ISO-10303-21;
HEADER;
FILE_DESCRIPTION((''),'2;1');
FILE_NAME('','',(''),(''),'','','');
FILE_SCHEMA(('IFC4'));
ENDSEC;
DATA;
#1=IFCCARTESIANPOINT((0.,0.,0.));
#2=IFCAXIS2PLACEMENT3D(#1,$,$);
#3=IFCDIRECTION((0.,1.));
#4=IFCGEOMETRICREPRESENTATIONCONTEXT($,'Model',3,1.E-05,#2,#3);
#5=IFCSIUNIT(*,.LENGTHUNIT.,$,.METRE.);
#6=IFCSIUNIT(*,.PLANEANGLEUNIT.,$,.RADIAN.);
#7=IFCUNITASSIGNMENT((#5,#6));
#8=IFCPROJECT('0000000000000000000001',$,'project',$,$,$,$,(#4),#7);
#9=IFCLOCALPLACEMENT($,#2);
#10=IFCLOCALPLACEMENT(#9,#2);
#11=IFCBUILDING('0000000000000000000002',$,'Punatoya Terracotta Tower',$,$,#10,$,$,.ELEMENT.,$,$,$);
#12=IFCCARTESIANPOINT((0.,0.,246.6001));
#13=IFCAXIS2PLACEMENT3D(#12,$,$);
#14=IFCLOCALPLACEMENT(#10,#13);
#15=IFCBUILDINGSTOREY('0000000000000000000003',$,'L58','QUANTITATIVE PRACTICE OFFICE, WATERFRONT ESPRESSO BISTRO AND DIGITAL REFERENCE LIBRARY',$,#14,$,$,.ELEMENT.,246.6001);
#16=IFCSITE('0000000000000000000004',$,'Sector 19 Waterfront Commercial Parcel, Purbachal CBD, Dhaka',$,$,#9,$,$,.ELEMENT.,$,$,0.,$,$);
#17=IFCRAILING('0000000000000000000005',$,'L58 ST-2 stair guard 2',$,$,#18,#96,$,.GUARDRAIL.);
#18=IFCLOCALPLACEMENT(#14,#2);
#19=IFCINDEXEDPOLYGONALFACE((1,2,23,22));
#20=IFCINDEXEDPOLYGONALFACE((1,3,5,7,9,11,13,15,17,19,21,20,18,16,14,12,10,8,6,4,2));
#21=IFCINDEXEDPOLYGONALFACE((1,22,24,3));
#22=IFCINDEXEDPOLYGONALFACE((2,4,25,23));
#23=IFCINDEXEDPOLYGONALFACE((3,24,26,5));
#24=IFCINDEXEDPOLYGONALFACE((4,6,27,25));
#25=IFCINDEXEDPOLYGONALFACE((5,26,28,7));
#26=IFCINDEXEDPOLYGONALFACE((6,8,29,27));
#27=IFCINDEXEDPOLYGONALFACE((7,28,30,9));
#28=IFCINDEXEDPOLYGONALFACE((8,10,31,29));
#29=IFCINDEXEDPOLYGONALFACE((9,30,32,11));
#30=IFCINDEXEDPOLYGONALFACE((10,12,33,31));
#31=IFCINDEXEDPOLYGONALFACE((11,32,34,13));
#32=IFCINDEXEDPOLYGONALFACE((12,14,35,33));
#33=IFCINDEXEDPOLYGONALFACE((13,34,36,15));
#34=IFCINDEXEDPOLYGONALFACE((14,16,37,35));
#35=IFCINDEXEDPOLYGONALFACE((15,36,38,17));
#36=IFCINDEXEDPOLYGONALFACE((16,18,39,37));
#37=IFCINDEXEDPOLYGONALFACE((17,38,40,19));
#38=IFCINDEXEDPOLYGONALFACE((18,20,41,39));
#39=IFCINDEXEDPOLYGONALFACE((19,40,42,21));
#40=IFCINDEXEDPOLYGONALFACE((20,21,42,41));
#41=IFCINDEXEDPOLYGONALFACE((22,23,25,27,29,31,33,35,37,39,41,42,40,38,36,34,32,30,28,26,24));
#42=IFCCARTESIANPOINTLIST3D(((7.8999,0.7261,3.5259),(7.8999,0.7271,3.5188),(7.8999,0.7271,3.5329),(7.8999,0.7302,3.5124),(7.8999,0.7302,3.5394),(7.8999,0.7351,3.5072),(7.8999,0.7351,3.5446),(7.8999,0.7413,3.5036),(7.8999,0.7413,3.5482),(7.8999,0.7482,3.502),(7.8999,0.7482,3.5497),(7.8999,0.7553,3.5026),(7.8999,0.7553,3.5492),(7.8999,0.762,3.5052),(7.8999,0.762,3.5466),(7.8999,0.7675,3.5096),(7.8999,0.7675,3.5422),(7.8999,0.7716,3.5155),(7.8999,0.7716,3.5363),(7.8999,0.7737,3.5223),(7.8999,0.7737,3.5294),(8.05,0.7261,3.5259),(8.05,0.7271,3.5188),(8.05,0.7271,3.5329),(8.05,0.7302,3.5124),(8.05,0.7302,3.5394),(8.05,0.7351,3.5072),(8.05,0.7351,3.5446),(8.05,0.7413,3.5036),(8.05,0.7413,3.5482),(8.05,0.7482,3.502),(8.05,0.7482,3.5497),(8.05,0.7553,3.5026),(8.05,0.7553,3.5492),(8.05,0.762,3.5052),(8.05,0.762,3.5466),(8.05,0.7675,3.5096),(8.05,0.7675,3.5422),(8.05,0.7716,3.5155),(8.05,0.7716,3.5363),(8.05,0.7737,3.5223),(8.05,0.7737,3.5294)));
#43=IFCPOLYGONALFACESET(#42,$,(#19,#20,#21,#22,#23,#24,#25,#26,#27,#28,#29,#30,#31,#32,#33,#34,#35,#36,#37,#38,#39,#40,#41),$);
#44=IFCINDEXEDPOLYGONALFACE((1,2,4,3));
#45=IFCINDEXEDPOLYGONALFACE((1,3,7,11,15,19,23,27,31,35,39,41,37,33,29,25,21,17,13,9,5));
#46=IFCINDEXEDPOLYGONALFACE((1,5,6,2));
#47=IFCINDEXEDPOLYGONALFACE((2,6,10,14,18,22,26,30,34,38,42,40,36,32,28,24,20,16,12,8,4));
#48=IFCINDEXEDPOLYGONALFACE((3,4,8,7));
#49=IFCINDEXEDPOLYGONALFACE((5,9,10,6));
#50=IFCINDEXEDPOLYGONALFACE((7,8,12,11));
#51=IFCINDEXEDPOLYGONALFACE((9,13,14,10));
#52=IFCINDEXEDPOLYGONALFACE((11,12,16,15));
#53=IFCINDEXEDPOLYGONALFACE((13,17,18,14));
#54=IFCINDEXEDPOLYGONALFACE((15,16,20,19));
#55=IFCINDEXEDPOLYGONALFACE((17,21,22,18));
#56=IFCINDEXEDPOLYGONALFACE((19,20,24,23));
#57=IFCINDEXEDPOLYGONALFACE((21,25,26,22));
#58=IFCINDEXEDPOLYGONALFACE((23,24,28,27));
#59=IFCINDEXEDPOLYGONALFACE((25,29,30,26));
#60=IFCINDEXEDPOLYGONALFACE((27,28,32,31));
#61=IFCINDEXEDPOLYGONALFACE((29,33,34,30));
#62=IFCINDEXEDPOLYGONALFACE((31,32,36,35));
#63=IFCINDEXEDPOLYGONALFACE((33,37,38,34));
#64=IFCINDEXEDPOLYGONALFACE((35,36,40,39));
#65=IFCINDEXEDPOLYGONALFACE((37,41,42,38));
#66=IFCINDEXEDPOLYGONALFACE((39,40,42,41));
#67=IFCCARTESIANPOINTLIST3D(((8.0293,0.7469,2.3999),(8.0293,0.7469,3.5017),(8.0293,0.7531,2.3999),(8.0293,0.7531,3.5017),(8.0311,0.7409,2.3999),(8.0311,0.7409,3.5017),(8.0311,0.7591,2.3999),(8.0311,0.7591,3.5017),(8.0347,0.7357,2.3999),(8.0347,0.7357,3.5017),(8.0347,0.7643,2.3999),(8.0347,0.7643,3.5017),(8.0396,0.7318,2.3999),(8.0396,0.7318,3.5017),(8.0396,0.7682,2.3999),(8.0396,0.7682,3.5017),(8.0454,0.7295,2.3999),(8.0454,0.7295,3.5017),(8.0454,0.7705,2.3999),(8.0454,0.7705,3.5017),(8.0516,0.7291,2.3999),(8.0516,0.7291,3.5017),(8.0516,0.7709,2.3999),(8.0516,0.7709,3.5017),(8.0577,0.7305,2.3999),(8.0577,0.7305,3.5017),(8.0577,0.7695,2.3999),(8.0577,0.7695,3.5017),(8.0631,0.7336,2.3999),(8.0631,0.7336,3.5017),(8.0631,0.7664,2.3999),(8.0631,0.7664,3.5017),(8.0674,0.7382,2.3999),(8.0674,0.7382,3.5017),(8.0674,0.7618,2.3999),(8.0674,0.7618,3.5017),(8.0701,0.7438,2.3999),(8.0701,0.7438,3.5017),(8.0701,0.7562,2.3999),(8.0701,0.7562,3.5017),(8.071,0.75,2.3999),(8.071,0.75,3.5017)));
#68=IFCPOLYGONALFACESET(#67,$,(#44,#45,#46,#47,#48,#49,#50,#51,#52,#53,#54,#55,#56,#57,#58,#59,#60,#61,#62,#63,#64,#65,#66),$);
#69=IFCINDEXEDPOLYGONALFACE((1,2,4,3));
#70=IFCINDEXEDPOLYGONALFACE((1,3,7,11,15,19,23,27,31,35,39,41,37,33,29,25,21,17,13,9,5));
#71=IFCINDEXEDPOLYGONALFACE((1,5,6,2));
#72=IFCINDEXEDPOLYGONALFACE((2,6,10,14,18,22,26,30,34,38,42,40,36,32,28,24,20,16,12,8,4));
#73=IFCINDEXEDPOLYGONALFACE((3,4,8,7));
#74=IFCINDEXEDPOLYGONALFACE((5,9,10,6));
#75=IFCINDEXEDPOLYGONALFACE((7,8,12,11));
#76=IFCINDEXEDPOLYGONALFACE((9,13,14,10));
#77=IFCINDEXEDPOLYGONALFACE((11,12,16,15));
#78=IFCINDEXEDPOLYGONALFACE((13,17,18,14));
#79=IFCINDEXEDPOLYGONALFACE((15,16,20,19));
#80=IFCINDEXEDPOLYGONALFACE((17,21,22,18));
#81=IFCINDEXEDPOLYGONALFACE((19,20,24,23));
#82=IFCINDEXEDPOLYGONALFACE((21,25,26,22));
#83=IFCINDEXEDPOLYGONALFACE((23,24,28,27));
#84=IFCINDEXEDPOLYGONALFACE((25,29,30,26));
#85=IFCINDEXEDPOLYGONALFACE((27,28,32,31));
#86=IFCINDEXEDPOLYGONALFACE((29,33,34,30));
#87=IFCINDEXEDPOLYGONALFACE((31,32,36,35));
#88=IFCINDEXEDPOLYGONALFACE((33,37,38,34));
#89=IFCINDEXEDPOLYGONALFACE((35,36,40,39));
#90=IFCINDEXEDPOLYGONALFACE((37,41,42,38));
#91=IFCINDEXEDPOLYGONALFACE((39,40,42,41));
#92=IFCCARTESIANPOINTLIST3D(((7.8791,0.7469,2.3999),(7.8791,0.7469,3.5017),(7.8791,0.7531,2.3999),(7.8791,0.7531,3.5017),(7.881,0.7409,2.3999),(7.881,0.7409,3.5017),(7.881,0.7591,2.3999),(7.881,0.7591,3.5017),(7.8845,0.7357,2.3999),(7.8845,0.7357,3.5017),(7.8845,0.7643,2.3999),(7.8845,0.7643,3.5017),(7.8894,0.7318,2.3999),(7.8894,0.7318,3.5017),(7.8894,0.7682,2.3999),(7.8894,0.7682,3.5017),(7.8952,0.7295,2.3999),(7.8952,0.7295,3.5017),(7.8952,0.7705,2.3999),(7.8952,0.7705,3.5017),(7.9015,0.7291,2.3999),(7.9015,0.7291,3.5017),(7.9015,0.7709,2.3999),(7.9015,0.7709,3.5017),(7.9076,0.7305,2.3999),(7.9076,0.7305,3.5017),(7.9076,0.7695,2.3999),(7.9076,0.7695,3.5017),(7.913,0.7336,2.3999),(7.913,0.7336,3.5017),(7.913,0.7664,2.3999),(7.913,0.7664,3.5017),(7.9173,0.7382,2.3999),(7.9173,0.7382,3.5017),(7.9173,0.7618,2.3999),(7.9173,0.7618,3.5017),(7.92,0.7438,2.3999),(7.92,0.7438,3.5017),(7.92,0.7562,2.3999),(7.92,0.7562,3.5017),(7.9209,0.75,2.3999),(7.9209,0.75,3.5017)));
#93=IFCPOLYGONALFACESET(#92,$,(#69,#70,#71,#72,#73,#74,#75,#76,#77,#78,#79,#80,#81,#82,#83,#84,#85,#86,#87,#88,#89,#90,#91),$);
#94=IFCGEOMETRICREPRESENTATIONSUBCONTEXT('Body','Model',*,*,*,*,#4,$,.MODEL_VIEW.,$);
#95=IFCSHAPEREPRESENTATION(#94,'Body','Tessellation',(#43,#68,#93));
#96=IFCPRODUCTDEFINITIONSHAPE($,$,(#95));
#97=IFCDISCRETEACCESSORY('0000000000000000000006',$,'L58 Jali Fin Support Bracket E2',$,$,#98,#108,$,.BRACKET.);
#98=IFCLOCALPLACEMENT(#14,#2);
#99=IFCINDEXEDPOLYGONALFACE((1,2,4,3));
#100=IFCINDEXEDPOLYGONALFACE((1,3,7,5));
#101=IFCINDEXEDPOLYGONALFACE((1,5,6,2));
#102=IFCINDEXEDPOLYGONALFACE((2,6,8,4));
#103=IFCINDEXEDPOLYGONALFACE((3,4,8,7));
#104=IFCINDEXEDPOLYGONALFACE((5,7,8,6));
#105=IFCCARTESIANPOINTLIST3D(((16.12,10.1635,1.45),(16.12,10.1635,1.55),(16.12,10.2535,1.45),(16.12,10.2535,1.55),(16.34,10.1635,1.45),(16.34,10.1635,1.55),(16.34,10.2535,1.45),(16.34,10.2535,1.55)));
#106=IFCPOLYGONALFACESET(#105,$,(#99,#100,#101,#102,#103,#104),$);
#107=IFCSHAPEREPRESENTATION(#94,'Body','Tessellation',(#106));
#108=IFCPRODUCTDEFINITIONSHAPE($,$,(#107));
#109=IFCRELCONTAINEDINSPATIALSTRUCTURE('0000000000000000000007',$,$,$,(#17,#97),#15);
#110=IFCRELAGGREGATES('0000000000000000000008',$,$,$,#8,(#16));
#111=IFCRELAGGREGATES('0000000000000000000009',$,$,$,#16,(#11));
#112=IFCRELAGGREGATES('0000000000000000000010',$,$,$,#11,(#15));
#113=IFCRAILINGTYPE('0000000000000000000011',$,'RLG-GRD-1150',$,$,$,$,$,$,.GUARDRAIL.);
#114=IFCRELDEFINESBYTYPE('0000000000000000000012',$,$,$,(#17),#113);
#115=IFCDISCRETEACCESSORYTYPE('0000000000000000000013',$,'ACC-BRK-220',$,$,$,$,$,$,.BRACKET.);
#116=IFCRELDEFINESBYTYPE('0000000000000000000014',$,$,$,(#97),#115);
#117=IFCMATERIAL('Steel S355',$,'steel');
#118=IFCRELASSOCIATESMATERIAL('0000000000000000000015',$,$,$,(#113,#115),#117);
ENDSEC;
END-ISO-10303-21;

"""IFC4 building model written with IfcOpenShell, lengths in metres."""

from ifc_helpers import new_model, si_unit, direction, frame, origin, origin_2d, place, context, subcontext, project, spatial, rectangle, circle, extrude, material, type_object, element, save


model = new_model("IFC4")

# Units and contexts
model_context = context("Model", 3, precision=1e-05, world=origin(), true_north=direction((0.0, 1.0)))
body_context = subcontext(model_context, "Body", "Model", "MODEL_VIEW")
ifc_project = project(units=[si_unit("LENGTHUNIT", "METRE"), si_unit("PLANEANGLEUNIT", "RADIAN")], contexts=[model_context])

# Site, building, storey
site_placement = place(None, origin())
site = spatial("IfcSite", under=ifc_project, at=site_placement, Name="Sector 19 Waterfront Commercial Parcel, Purbachal CBD, Dhaka", CompositionType="ELEMENT", RefElevation=0.0)
building_placement = place(site_placement, origin())
building = spatial("IfcBuilding", under=site, at=building_placement, Name="Punatoya Terracotta Tower", CompositionType="ELEMENT")
storey_placement = place(building_placement, frame((0.0, 0.0, 246.6001)))
storey = spatial("IfcBuildingStorey", under=building, at=storey_placement, Name="L58", Description="QUANTITATIVE PRACTICE OFFICE, WATERFRONT ESPRESSO BISTRO AND DIGITAL REFERENCE LIBRARY", CompositionType="ELEMENT", Elevation=246.6001)

# Shared definitions
ifc_material_1 = material(Name="Steel S355", Category="steel")

# Railing
railing_type = type_object("IfcRailingType", Name="RLG-GRD-1150", PredefinedType="GUARDRAIL", material=ifc_material_1)
railing_placement = place(storey_placement, frame((8.05, 0.75, 2.3999)))
element("IfcRailing", 1, at=railing_placement, inside=storey, type_object=railing_type, Name="L58 ST-2 stair guard 2", PredefinedType="GUARDRAIL", context=body_context, shape_type="SweptSolid", body=[
    extrude(circle(Radius=0.0239, at=origin_2d()), frame((0.0, 0.0, 1.126), z_axis=(-1.0, 0.0, 0.0), x_axis=(0.0, -1.0, 0.0)), (0.0, 0.0, 1.0), 0.1501),
    extrude(circle(Radius=0.021, at=origin_2d()), origin(), (0.0, 0.0, 1.0), 1.1018),
    extrude(circle(Radius=0.021, at=origin_2d()), frame((-0.1501, 0.0, 0.0)), (0.0, 0.0, 1.0), 1.1018),
])

# Discrete accessory
discrete_accessory_type = type_object("IfcDiscreteAccessoryType", Name="ACC-BRK-220", PredefinedType="BRACKET", material=ifc_material_1)
discrete_accessory_placement = place(storey_placement, frame((16.23, 10.2085, 1.45), z_axis=(0.0, 0.0, 1.0), x_axis=(0.0, 1.0, 0.0)))
element("IfcDiscreteAccessory", 2, at=discrete_accessory_placement, inside=storey, type_object=discrete_accessory_type, Name="L58 Jali Fin Support Bracket E2", PredefinedType="BRACKET", context=body_context, shape_type="SweptSolid", body=[
    extrude(rectangle(XDim=0.0901, YDim=0.22, at=origin_2d()), origin(), (0.0, 0.0, 1.0), 0.1001),
])

save(model, "model.ifc")
